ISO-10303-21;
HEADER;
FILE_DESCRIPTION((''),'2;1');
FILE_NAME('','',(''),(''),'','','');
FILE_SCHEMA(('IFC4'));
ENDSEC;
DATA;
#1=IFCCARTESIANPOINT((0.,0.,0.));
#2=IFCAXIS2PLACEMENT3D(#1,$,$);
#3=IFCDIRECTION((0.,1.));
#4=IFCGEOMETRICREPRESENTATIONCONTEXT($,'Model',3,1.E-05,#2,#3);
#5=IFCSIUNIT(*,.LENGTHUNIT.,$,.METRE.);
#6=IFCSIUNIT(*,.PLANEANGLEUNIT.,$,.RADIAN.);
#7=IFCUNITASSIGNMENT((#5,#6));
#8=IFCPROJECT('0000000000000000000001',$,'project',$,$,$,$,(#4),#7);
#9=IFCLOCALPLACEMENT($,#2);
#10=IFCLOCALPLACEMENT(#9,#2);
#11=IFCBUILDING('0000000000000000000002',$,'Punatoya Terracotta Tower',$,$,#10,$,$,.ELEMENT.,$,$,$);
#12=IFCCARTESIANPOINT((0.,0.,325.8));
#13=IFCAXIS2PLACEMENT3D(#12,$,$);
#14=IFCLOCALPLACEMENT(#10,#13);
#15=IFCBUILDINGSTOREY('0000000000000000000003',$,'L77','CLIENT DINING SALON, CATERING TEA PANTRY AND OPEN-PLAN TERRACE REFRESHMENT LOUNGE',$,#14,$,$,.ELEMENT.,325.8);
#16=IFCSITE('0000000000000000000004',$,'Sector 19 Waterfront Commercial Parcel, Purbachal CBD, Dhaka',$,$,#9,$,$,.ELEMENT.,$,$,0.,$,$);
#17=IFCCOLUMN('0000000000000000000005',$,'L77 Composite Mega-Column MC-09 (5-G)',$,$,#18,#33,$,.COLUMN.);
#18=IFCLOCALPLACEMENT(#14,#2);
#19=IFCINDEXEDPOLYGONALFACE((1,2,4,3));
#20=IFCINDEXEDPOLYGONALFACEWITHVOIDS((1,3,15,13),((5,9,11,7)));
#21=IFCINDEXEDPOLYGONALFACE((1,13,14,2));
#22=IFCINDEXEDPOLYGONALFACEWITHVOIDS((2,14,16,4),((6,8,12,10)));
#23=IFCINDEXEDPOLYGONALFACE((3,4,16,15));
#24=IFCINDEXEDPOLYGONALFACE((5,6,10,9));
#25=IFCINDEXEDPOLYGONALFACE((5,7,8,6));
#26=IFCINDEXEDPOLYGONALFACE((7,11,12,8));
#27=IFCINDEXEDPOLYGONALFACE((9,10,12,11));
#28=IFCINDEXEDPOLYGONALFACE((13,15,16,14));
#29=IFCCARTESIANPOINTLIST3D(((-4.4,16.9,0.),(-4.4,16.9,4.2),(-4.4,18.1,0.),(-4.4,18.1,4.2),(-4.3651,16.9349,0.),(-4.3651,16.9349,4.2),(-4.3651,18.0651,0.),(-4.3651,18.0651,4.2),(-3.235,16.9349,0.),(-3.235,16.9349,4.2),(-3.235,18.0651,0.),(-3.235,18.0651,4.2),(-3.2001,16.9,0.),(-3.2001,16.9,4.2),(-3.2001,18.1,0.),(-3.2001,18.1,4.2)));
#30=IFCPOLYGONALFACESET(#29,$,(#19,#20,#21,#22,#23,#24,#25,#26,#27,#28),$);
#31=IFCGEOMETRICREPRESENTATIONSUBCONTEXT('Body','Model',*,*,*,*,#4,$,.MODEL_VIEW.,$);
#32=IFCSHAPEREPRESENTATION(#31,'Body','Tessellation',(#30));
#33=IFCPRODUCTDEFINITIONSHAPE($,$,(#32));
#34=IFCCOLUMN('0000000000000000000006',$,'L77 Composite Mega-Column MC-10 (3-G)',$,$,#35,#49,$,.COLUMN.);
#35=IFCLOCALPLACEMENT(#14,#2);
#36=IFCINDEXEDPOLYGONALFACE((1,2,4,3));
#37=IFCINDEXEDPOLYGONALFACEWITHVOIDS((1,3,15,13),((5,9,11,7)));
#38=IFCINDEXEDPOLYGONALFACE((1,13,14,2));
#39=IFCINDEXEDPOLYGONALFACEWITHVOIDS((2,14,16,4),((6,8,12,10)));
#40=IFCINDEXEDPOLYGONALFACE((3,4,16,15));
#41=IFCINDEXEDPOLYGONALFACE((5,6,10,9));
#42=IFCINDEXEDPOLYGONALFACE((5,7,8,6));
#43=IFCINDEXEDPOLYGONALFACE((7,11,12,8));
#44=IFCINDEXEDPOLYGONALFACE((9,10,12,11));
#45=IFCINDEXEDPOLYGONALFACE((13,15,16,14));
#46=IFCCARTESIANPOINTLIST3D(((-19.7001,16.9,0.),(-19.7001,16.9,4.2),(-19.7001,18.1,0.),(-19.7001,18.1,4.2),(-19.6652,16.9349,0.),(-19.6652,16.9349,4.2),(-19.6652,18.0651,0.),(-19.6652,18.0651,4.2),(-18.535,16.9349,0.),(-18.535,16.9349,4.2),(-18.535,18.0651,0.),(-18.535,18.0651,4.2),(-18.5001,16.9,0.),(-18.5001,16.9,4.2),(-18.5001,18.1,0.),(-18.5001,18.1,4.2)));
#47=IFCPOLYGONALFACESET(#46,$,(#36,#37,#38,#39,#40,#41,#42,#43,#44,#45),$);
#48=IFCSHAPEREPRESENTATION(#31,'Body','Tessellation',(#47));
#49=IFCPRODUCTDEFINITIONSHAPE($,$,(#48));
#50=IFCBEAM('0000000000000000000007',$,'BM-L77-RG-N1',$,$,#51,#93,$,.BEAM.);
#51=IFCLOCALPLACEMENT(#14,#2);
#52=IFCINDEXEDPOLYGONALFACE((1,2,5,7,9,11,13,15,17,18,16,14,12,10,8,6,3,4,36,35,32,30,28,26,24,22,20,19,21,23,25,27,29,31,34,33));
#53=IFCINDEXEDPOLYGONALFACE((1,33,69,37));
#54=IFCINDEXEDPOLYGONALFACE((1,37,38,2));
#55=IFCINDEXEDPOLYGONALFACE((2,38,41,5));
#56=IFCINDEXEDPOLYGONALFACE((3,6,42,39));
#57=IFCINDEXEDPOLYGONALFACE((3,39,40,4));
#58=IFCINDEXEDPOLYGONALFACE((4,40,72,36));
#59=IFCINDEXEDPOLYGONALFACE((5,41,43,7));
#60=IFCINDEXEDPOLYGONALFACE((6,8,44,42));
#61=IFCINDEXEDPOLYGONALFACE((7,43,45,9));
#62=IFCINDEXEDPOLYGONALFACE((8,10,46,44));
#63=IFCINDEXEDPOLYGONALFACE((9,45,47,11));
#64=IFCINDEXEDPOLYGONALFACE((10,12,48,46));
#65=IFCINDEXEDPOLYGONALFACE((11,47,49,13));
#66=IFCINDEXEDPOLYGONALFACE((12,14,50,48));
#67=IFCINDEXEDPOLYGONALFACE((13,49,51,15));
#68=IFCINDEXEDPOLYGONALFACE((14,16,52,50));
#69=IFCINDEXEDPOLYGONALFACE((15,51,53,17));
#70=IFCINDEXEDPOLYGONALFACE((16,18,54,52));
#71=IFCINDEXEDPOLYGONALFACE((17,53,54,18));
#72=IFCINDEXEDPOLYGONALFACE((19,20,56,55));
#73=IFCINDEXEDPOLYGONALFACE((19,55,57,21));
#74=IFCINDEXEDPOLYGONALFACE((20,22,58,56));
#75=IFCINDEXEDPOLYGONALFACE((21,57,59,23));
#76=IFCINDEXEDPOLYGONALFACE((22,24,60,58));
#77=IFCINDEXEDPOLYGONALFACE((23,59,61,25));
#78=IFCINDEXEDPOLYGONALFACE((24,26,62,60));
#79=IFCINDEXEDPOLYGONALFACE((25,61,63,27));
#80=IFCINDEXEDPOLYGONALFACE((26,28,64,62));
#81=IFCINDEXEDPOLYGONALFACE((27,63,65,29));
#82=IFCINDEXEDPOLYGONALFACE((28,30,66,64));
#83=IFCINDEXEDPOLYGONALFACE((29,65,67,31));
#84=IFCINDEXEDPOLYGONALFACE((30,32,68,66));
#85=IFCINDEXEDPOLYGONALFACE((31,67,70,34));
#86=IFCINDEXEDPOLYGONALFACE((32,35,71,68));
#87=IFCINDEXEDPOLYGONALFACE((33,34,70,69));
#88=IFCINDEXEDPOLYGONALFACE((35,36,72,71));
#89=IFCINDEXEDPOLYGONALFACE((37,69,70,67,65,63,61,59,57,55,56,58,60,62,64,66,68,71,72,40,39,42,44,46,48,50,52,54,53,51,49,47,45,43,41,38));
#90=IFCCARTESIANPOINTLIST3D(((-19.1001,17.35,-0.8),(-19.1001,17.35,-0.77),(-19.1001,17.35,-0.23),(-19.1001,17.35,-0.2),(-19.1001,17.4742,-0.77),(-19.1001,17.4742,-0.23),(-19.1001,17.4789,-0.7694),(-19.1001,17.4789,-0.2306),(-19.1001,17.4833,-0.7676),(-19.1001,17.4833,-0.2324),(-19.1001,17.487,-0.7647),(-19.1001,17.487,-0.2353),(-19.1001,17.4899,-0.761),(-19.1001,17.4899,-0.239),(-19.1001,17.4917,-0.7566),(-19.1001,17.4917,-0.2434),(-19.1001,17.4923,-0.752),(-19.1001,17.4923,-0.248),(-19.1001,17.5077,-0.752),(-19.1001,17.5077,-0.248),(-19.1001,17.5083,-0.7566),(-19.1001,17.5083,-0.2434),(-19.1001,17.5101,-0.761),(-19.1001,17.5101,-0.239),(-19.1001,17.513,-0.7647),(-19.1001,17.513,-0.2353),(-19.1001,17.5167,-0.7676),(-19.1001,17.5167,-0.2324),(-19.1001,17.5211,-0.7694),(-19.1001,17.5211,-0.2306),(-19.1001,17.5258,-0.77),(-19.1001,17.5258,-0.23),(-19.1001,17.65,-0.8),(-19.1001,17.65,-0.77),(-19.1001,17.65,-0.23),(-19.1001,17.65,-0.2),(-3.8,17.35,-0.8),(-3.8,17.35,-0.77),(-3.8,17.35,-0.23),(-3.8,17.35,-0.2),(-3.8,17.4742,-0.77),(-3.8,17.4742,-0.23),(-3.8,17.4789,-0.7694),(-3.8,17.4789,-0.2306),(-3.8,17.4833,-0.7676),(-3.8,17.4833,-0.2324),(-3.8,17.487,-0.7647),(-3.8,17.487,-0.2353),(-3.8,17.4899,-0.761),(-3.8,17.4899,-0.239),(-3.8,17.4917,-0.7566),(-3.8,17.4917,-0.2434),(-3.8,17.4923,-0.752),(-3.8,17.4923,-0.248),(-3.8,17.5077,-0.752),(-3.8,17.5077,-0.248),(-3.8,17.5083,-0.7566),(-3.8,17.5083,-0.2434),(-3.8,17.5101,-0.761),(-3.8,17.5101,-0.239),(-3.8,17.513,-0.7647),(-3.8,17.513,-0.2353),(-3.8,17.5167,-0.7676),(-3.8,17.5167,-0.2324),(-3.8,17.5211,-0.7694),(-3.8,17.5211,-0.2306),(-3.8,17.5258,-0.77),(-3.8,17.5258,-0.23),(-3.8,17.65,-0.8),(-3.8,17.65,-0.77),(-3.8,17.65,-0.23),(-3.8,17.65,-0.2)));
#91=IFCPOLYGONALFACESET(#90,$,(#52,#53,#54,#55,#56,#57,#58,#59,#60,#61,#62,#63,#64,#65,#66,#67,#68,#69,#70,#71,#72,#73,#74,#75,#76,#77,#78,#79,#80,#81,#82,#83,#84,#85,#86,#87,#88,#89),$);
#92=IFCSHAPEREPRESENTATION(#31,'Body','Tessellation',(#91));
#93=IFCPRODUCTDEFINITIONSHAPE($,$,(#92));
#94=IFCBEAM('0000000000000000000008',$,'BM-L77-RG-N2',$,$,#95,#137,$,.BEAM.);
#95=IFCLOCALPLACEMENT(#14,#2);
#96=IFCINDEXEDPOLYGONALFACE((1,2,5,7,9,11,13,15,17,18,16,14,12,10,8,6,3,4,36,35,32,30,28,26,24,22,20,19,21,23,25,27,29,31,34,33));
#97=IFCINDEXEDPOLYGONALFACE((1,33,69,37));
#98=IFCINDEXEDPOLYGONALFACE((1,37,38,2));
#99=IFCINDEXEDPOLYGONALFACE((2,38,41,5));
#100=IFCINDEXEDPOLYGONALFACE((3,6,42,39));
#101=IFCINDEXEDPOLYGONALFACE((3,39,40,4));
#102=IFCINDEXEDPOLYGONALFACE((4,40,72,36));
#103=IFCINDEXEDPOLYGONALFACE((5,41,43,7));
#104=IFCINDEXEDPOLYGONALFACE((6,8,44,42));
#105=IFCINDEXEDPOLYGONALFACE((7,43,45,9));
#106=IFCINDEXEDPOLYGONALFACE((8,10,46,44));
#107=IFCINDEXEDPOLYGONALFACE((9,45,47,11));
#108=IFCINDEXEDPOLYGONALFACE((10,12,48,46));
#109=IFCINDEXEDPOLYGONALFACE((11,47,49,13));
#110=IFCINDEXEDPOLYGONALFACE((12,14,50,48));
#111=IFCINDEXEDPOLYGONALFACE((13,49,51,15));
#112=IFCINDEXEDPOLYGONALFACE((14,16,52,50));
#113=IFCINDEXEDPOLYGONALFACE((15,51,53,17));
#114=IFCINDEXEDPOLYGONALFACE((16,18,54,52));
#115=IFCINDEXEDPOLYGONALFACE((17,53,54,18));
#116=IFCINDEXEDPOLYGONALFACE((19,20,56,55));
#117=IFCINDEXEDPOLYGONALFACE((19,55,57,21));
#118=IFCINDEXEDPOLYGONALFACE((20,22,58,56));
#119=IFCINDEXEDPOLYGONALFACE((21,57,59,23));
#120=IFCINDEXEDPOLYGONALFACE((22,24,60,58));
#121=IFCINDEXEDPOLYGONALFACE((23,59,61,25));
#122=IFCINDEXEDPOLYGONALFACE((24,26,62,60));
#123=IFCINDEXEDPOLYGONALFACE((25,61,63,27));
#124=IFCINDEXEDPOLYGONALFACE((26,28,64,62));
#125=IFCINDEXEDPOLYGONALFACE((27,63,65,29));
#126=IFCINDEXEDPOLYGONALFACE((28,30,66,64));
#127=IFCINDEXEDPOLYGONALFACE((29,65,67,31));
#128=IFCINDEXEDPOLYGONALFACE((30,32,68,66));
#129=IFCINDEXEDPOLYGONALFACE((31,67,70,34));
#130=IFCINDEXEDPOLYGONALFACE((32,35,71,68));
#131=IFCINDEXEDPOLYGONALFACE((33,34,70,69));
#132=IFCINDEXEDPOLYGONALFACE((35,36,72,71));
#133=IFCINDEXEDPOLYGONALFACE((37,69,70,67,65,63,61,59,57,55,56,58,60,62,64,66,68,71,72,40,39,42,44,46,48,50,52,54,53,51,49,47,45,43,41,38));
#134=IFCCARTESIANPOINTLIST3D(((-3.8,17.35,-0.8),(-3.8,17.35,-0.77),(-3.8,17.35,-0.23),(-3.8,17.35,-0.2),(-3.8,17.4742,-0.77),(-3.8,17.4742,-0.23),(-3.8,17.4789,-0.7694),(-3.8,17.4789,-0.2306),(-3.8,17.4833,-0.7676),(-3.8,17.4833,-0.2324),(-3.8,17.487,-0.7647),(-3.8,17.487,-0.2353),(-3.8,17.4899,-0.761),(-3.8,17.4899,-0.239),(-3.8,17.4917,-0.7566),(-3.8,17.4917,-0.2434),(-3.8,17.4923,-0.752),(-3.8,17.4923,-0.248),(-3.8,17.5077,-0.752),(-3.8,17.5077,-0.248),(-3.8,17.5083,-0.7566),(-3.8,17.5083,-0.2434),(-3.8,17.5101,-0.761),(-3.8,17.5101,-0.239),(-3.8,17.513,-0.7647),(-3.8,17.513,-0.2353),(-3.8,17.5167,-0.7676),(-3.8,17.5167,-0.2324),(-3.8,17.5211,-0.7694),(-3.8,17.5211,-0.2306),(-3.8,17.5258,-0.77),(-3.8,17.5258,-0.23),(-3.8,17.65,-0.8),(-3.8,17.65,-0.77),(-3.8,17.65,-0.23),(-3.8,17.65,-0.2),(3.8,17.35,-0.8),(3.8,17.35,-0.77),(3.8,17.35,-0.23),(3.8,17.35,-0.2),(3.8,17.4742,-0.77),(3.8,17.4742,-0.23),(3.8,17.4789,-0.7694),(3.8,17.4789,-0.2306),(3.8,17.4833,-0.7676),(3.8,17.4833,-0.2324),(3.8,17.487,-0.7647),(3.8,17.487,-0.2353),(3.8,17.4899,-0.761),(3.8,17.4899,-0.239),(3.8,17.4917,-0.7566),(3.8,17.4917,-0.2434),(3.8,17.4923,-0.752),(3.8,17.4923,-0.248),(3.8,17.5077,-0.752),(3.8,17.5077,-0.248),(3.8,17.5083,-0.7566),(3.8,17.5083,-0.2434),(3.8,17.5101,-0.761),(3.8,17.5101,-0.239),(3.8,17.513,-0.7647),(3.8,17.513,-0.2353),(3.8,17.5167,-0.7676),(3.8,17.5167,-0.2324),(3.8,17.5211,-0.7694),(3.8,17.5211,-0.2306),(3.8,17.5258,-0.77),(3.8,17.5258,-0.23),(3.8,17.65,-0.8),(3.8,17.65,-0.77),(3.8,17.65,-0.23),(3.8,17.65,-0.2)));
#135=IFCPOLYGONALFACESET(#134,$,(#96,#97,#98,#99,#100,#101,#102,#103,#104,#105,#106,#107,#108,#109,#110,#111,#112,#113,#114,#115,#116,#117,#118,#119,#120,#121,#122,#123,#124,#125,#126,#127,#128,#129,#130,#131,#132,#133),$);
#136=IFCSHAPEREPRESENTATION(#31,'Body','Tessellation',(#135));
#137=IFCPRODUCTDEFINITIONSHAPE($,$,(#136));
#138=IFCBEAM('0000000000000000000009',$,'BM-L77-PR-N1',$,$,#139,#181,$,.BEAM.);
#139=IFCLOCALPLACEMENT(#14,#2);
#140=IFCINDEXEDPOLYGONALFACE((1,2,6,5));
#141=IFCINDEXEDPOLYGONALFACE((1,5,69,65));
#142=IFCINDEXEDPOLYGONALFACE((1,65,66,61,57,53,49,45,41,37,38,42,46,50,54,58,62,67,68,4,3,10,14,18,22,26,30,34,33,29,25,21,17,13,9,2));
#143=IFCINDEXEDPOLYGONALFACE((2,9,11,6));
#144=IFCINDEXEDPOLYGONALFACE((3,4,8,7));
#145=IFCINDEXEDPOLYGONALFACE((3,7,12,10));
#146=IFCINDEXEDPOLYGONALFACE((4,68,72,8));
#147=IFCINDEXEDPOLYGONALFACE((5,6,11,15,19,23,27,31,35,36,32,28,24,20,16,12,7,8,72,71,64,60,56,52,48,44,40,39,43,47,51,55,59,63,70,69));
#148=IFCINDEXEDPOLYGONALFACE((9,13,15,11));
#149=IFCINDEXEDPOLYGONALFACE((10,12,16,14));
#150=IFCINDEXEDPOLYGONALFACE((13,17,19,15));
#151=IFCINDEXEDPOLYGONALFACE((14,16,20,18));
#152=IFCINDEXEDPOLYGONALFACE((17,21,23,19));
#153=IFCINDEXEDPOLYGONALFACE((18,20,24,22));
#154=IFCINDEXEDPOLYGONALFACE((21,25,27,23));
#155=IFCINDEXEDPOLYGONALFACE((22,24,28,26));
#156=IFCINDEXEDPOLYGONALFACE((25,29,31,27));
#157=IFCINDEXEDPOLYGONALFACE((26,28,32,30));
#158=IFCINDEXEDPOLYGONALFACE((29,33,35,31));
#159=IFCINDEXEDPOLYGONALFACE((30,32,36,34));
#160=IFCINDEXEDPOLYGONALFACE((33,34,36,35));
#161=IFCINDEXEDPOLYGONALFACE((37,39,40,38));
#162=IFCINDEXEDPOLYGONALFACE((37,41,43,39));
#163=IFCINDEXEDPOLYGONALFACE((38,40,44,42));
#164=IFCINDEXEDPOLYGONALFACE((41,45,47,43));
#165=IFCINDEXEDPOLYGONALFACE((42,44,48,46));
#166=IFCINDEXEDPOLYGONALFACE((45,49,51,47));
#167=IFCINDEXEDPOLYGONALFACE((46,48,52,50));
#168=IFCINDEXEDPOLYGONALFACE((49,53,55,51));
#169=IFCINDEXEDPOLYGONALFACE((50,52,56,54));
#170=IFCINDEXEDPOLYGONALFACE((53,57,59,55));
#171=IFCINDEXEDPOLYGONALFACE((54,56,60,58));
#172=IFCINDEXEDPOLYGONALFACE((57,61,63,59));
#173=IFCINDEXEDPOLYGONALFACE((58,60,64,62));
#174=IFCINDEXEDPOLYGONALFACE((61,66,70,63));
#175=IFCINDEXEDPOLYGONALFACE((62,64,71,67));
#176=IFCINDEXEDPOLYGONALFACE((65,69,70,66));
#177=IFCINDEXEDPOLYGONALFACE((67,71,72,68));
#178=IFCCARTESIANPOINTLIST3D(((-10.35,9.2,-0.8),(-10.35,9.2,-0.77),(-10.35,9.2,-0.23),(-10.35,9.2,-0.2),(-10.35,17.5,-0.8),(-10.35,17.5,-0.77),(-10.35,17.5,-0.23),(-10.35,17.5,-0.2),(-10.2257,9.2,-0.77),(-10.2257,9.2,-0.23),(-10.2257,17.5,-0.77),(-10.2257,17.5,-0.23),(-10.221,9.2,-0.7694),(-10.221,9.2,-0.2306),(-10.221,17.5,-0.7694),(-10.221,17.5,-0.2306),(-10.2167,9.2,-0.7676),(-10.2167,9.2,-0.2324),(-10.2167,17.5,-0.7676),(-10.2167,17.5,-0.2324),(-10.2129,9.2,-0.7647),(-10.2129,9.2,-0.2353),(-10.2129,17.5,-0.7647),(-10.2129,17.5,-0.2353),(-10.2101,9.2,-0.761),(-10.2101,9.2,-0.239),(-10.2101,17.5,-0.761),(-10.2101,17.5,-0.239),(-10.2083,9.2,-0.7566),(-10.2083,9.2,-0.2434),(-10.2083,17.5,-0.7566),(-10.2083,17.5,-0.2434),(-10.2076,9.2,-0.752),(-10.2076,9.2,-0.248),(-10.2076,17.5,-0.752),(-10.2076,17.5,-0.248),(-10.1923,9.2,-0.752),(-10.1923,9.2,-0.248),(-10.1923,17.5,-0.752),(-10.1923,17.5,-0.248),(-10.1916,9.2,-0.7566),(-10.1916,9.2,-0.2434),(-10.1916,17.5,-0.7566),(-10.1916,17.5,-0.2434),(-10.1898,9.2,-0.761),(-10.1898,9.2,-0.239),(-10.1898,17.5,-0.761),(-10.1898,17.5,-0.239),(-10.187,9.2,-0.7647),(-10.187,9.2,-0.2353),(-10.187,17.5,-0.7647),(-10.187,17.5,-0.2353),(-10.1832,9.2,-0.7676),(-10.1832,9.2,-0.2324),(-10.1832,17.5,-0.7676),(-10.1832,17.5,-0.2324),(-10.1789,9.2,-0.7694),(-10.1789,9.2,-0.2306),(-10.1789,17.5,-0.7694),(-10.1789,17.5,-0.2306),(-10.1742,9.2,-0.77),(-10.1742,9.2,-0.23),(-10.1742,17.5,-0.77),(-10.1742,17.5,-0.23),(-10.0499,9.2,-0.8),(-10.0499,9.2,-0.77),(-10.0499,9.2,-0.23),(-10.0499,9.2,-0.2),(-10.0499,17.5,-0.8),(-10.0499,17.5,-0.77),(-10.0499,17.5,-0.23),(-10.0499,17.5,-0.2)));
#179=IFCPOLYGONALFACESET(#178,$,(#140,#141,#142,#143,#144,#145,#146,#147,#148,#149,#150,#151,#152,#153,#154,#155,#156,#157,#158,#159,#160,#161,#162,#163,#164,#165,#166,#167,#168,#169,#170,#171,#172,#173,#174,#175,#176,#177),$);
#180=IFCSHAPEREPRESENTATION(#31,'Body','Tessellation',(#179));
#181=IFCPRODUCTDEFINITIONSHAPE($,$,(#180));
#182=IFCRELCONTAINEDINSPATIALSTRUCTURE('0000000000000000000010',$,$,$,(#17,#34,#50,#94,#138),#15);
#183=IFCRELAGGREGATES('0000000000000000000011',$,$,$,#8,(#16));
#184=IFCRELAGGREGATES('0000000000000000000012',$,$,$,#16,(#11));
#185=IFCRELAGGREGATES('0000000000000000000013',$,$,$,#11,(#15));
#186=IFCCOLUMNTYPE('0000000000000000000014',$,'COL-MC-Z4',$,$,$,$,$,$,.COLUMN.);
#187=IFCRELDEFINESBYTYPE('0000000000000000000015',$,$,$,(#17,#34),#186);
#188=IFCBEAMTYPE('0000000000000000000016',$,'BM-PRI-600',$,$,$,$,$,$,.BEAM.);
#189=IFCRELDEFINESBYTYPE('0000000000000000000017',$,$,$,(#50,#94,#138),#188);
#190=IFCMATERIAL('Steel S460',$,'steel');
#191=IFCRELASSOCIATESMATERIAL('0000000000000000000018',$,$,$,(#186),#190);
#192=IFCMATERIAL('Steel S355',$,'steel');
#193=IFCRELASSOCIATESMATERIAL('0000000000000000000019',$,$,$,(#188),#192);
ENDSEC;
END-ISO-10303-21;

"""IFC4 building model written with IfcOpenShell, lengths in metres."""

from ifc_helpers import new_model, si_unit, direction, frame, origin, origin_2d, place, context, subcontext, project, spatial, hollow_rectangle, i_section, extrude, material, material_profile, profile_set, type_object, element, save


model = new_model("IFC4")

# Units and contexts
model_context = context("Model", 3, precision=1e-05, world=origin(), true_north=direction((0.0, 1.0)))
body_context = subcontext(model_context, "Body", "Model", "MODEL_VIEW")
ifc_project = project(units=[si_unit("LENGTHUNIT", "METRE"), si_unit("PLANEANGLEUNIT", "RADIAN")], contexts=[model_context])

# Site, building, storey
site_placement = place(None, origin())
site = spatial("IfcSite", under=ifc_project, at=site_placement, Name="Sector 19 Waterfront Commercial Parcel, Purbachal CBD, Dhaka", CompositionType="ELEMENT", RefElevation=0.0)
building_placement = place(site_placement, origin())
building = spatial("IfcBuilding", under=site, at=building_placement, Name="Punatoya Terracotta Tower", CompositionType="ELEMENT")
storey_placement = place(building_placement, frame((0.0, 0.0, 325.8)))
storey = spatial("IfcBuildingStorey", under=building, at=storey_placement, Name="L77", Description="CLIENT DINING SALON, CATERING TEA PANTRY AND OPEN-PLAN TERRACE REFRESHMENT LOUNGE", CompositionType="ELEMENT", Elevation=325.8)

# Columns
ifc_material_1 = material(Name="Steel S460", Category="steel")
ifc_material_profile_1 = material_profile(ifc_material_1, hollow_rectangle(XDim=1.2, YDim=1.2, WallThickness=0.0349, at=origin_2d()))
ifc_profile_set_1 = profile_set([ifc_material_profile_1], Name="Steel S460")
column_type = type_object("IfcColumnType", Name="COL-MC-Z4", PredefinedType="COLUMN", material=ifc_profile_set_1)
for number, where, z_axis, x_axis, name in (
    (1, (-3.8, 17.5, 0.0), (0.0, 0.0, 1.0), (1.0, 0.0, 0.0), "L77 Composite Mega-Column MC-09 (5-G)"),
    (2, (-19.1001, 17.5, 0.0), (0.0, 0.0, 1.0), (1.0, 0.0, 0.0), "L77 Composite Mega-Column MC-10 (3-G)"),
):
    element("IfcColumn", number, at=place(storey_placement, frame(where, z_axis=z_axis, x_axis=x_axis)), inside=storey, type_object=column_type, Name=name, PredefinedType="COLUMN", context=body_context, shape_type="SweptSolid", body=[
        extrude(hollow_rectangle(XDim=1.2, YDim=1.2, WallThickness=0.0349, at=origin_2d()), origin(), (0.0, 0.0, 1.0), 4.2),
    ])

# Beams
ifc_material_2 = material(Name="Steel S355", Category="steel")
ifc_material_profile_2 = material_profile(ifc_material_2, i_section(OverallWidth=0.3, OverallDepth=0.6001, WebThickness=0.0154, FlangeThickness=0.03, FilletRadius=0.0181, at=origin_2d()))
ifc_profile_set_2 = profile_set([ifc_material_profile_2], Name="Steel S355")
beam_type_1 = type_object("IfcBeamType", Name="BM-PRI-600", PredefinedType="BEAM", material=ifc_profile_set_2)
beam_1_placement = place(storey_placement, frame((-19.1001, 17.5, -0.5), z_axis=(1.0, 0.0, 0.0), x_axis=(0.0, 1.0, 0.0)))
element("IfcBeam", 3, at=beam_1_placement, inside=storey, type_object=beam_type_1, Name="BM-L77-RG-N1", PredefinedType="BEAM", context=body_context, shape_type="SweptSolid", body=[
    extrude(i_section(OverallWidth=0.3, OverallDepth=0.6001, WebThickness=0.0154, FlangeThickness=0.03, FilletRadius=0.0181, at=origin_2d()), origin(), (0.0, 0.0, 1.0), 15.3),
])
beam_2_placement = place(storey_placement, frame((-3.8, 17.5, -0.5), z_axis=(1.0, 0.0, 0.0), x_axis=(0.0, 1.0, 0.0)))
element("IfcBeam", 4, at=beam_2_placement, inside=storey, type_object=beam_type_1, Name="BM-L77-RG-N2", PredefinedType="BEAM", context=body_context, shape_type="SweptSolid", body=[
    extrude(i_section(OverallWidth=0.3, OverallDepth=0.6001, WebThickness=0.0154, FlangeThickness=0.03, FilletRadius=0.0181, at=origin_2d()), origin(), (0.0, 0.0, 1.0), 7.6001),
])
for number, where, z_axis, x_axis, name in (
    (5, (-10.2, 9.2, -0.5), (0.0, 1.0, 0.0), (-1.0, 0.0, 0.0), "BM-L77-PR-N1"),
):
    element("IfcBeam", number, at=place(storey_placement, frame(where, z_axis=z_axis, x_axis=x_axis)), inside=storey, type_object=beam_type_1, Name=name, PredefinedType="BEAM", context=body_context, shape_type="SweptSolid", body=[
        extrude(i_section(OverallWidth=0.3, OverallDepth=0.6001, WebThickness=0.0154, FlangeThickness=0.03, FilletRadius=0.0181, at=origin_2d()), origin(), (0.0, 0.0, 1.0), 8.3),
    ])

save(model, "model.ifc")
